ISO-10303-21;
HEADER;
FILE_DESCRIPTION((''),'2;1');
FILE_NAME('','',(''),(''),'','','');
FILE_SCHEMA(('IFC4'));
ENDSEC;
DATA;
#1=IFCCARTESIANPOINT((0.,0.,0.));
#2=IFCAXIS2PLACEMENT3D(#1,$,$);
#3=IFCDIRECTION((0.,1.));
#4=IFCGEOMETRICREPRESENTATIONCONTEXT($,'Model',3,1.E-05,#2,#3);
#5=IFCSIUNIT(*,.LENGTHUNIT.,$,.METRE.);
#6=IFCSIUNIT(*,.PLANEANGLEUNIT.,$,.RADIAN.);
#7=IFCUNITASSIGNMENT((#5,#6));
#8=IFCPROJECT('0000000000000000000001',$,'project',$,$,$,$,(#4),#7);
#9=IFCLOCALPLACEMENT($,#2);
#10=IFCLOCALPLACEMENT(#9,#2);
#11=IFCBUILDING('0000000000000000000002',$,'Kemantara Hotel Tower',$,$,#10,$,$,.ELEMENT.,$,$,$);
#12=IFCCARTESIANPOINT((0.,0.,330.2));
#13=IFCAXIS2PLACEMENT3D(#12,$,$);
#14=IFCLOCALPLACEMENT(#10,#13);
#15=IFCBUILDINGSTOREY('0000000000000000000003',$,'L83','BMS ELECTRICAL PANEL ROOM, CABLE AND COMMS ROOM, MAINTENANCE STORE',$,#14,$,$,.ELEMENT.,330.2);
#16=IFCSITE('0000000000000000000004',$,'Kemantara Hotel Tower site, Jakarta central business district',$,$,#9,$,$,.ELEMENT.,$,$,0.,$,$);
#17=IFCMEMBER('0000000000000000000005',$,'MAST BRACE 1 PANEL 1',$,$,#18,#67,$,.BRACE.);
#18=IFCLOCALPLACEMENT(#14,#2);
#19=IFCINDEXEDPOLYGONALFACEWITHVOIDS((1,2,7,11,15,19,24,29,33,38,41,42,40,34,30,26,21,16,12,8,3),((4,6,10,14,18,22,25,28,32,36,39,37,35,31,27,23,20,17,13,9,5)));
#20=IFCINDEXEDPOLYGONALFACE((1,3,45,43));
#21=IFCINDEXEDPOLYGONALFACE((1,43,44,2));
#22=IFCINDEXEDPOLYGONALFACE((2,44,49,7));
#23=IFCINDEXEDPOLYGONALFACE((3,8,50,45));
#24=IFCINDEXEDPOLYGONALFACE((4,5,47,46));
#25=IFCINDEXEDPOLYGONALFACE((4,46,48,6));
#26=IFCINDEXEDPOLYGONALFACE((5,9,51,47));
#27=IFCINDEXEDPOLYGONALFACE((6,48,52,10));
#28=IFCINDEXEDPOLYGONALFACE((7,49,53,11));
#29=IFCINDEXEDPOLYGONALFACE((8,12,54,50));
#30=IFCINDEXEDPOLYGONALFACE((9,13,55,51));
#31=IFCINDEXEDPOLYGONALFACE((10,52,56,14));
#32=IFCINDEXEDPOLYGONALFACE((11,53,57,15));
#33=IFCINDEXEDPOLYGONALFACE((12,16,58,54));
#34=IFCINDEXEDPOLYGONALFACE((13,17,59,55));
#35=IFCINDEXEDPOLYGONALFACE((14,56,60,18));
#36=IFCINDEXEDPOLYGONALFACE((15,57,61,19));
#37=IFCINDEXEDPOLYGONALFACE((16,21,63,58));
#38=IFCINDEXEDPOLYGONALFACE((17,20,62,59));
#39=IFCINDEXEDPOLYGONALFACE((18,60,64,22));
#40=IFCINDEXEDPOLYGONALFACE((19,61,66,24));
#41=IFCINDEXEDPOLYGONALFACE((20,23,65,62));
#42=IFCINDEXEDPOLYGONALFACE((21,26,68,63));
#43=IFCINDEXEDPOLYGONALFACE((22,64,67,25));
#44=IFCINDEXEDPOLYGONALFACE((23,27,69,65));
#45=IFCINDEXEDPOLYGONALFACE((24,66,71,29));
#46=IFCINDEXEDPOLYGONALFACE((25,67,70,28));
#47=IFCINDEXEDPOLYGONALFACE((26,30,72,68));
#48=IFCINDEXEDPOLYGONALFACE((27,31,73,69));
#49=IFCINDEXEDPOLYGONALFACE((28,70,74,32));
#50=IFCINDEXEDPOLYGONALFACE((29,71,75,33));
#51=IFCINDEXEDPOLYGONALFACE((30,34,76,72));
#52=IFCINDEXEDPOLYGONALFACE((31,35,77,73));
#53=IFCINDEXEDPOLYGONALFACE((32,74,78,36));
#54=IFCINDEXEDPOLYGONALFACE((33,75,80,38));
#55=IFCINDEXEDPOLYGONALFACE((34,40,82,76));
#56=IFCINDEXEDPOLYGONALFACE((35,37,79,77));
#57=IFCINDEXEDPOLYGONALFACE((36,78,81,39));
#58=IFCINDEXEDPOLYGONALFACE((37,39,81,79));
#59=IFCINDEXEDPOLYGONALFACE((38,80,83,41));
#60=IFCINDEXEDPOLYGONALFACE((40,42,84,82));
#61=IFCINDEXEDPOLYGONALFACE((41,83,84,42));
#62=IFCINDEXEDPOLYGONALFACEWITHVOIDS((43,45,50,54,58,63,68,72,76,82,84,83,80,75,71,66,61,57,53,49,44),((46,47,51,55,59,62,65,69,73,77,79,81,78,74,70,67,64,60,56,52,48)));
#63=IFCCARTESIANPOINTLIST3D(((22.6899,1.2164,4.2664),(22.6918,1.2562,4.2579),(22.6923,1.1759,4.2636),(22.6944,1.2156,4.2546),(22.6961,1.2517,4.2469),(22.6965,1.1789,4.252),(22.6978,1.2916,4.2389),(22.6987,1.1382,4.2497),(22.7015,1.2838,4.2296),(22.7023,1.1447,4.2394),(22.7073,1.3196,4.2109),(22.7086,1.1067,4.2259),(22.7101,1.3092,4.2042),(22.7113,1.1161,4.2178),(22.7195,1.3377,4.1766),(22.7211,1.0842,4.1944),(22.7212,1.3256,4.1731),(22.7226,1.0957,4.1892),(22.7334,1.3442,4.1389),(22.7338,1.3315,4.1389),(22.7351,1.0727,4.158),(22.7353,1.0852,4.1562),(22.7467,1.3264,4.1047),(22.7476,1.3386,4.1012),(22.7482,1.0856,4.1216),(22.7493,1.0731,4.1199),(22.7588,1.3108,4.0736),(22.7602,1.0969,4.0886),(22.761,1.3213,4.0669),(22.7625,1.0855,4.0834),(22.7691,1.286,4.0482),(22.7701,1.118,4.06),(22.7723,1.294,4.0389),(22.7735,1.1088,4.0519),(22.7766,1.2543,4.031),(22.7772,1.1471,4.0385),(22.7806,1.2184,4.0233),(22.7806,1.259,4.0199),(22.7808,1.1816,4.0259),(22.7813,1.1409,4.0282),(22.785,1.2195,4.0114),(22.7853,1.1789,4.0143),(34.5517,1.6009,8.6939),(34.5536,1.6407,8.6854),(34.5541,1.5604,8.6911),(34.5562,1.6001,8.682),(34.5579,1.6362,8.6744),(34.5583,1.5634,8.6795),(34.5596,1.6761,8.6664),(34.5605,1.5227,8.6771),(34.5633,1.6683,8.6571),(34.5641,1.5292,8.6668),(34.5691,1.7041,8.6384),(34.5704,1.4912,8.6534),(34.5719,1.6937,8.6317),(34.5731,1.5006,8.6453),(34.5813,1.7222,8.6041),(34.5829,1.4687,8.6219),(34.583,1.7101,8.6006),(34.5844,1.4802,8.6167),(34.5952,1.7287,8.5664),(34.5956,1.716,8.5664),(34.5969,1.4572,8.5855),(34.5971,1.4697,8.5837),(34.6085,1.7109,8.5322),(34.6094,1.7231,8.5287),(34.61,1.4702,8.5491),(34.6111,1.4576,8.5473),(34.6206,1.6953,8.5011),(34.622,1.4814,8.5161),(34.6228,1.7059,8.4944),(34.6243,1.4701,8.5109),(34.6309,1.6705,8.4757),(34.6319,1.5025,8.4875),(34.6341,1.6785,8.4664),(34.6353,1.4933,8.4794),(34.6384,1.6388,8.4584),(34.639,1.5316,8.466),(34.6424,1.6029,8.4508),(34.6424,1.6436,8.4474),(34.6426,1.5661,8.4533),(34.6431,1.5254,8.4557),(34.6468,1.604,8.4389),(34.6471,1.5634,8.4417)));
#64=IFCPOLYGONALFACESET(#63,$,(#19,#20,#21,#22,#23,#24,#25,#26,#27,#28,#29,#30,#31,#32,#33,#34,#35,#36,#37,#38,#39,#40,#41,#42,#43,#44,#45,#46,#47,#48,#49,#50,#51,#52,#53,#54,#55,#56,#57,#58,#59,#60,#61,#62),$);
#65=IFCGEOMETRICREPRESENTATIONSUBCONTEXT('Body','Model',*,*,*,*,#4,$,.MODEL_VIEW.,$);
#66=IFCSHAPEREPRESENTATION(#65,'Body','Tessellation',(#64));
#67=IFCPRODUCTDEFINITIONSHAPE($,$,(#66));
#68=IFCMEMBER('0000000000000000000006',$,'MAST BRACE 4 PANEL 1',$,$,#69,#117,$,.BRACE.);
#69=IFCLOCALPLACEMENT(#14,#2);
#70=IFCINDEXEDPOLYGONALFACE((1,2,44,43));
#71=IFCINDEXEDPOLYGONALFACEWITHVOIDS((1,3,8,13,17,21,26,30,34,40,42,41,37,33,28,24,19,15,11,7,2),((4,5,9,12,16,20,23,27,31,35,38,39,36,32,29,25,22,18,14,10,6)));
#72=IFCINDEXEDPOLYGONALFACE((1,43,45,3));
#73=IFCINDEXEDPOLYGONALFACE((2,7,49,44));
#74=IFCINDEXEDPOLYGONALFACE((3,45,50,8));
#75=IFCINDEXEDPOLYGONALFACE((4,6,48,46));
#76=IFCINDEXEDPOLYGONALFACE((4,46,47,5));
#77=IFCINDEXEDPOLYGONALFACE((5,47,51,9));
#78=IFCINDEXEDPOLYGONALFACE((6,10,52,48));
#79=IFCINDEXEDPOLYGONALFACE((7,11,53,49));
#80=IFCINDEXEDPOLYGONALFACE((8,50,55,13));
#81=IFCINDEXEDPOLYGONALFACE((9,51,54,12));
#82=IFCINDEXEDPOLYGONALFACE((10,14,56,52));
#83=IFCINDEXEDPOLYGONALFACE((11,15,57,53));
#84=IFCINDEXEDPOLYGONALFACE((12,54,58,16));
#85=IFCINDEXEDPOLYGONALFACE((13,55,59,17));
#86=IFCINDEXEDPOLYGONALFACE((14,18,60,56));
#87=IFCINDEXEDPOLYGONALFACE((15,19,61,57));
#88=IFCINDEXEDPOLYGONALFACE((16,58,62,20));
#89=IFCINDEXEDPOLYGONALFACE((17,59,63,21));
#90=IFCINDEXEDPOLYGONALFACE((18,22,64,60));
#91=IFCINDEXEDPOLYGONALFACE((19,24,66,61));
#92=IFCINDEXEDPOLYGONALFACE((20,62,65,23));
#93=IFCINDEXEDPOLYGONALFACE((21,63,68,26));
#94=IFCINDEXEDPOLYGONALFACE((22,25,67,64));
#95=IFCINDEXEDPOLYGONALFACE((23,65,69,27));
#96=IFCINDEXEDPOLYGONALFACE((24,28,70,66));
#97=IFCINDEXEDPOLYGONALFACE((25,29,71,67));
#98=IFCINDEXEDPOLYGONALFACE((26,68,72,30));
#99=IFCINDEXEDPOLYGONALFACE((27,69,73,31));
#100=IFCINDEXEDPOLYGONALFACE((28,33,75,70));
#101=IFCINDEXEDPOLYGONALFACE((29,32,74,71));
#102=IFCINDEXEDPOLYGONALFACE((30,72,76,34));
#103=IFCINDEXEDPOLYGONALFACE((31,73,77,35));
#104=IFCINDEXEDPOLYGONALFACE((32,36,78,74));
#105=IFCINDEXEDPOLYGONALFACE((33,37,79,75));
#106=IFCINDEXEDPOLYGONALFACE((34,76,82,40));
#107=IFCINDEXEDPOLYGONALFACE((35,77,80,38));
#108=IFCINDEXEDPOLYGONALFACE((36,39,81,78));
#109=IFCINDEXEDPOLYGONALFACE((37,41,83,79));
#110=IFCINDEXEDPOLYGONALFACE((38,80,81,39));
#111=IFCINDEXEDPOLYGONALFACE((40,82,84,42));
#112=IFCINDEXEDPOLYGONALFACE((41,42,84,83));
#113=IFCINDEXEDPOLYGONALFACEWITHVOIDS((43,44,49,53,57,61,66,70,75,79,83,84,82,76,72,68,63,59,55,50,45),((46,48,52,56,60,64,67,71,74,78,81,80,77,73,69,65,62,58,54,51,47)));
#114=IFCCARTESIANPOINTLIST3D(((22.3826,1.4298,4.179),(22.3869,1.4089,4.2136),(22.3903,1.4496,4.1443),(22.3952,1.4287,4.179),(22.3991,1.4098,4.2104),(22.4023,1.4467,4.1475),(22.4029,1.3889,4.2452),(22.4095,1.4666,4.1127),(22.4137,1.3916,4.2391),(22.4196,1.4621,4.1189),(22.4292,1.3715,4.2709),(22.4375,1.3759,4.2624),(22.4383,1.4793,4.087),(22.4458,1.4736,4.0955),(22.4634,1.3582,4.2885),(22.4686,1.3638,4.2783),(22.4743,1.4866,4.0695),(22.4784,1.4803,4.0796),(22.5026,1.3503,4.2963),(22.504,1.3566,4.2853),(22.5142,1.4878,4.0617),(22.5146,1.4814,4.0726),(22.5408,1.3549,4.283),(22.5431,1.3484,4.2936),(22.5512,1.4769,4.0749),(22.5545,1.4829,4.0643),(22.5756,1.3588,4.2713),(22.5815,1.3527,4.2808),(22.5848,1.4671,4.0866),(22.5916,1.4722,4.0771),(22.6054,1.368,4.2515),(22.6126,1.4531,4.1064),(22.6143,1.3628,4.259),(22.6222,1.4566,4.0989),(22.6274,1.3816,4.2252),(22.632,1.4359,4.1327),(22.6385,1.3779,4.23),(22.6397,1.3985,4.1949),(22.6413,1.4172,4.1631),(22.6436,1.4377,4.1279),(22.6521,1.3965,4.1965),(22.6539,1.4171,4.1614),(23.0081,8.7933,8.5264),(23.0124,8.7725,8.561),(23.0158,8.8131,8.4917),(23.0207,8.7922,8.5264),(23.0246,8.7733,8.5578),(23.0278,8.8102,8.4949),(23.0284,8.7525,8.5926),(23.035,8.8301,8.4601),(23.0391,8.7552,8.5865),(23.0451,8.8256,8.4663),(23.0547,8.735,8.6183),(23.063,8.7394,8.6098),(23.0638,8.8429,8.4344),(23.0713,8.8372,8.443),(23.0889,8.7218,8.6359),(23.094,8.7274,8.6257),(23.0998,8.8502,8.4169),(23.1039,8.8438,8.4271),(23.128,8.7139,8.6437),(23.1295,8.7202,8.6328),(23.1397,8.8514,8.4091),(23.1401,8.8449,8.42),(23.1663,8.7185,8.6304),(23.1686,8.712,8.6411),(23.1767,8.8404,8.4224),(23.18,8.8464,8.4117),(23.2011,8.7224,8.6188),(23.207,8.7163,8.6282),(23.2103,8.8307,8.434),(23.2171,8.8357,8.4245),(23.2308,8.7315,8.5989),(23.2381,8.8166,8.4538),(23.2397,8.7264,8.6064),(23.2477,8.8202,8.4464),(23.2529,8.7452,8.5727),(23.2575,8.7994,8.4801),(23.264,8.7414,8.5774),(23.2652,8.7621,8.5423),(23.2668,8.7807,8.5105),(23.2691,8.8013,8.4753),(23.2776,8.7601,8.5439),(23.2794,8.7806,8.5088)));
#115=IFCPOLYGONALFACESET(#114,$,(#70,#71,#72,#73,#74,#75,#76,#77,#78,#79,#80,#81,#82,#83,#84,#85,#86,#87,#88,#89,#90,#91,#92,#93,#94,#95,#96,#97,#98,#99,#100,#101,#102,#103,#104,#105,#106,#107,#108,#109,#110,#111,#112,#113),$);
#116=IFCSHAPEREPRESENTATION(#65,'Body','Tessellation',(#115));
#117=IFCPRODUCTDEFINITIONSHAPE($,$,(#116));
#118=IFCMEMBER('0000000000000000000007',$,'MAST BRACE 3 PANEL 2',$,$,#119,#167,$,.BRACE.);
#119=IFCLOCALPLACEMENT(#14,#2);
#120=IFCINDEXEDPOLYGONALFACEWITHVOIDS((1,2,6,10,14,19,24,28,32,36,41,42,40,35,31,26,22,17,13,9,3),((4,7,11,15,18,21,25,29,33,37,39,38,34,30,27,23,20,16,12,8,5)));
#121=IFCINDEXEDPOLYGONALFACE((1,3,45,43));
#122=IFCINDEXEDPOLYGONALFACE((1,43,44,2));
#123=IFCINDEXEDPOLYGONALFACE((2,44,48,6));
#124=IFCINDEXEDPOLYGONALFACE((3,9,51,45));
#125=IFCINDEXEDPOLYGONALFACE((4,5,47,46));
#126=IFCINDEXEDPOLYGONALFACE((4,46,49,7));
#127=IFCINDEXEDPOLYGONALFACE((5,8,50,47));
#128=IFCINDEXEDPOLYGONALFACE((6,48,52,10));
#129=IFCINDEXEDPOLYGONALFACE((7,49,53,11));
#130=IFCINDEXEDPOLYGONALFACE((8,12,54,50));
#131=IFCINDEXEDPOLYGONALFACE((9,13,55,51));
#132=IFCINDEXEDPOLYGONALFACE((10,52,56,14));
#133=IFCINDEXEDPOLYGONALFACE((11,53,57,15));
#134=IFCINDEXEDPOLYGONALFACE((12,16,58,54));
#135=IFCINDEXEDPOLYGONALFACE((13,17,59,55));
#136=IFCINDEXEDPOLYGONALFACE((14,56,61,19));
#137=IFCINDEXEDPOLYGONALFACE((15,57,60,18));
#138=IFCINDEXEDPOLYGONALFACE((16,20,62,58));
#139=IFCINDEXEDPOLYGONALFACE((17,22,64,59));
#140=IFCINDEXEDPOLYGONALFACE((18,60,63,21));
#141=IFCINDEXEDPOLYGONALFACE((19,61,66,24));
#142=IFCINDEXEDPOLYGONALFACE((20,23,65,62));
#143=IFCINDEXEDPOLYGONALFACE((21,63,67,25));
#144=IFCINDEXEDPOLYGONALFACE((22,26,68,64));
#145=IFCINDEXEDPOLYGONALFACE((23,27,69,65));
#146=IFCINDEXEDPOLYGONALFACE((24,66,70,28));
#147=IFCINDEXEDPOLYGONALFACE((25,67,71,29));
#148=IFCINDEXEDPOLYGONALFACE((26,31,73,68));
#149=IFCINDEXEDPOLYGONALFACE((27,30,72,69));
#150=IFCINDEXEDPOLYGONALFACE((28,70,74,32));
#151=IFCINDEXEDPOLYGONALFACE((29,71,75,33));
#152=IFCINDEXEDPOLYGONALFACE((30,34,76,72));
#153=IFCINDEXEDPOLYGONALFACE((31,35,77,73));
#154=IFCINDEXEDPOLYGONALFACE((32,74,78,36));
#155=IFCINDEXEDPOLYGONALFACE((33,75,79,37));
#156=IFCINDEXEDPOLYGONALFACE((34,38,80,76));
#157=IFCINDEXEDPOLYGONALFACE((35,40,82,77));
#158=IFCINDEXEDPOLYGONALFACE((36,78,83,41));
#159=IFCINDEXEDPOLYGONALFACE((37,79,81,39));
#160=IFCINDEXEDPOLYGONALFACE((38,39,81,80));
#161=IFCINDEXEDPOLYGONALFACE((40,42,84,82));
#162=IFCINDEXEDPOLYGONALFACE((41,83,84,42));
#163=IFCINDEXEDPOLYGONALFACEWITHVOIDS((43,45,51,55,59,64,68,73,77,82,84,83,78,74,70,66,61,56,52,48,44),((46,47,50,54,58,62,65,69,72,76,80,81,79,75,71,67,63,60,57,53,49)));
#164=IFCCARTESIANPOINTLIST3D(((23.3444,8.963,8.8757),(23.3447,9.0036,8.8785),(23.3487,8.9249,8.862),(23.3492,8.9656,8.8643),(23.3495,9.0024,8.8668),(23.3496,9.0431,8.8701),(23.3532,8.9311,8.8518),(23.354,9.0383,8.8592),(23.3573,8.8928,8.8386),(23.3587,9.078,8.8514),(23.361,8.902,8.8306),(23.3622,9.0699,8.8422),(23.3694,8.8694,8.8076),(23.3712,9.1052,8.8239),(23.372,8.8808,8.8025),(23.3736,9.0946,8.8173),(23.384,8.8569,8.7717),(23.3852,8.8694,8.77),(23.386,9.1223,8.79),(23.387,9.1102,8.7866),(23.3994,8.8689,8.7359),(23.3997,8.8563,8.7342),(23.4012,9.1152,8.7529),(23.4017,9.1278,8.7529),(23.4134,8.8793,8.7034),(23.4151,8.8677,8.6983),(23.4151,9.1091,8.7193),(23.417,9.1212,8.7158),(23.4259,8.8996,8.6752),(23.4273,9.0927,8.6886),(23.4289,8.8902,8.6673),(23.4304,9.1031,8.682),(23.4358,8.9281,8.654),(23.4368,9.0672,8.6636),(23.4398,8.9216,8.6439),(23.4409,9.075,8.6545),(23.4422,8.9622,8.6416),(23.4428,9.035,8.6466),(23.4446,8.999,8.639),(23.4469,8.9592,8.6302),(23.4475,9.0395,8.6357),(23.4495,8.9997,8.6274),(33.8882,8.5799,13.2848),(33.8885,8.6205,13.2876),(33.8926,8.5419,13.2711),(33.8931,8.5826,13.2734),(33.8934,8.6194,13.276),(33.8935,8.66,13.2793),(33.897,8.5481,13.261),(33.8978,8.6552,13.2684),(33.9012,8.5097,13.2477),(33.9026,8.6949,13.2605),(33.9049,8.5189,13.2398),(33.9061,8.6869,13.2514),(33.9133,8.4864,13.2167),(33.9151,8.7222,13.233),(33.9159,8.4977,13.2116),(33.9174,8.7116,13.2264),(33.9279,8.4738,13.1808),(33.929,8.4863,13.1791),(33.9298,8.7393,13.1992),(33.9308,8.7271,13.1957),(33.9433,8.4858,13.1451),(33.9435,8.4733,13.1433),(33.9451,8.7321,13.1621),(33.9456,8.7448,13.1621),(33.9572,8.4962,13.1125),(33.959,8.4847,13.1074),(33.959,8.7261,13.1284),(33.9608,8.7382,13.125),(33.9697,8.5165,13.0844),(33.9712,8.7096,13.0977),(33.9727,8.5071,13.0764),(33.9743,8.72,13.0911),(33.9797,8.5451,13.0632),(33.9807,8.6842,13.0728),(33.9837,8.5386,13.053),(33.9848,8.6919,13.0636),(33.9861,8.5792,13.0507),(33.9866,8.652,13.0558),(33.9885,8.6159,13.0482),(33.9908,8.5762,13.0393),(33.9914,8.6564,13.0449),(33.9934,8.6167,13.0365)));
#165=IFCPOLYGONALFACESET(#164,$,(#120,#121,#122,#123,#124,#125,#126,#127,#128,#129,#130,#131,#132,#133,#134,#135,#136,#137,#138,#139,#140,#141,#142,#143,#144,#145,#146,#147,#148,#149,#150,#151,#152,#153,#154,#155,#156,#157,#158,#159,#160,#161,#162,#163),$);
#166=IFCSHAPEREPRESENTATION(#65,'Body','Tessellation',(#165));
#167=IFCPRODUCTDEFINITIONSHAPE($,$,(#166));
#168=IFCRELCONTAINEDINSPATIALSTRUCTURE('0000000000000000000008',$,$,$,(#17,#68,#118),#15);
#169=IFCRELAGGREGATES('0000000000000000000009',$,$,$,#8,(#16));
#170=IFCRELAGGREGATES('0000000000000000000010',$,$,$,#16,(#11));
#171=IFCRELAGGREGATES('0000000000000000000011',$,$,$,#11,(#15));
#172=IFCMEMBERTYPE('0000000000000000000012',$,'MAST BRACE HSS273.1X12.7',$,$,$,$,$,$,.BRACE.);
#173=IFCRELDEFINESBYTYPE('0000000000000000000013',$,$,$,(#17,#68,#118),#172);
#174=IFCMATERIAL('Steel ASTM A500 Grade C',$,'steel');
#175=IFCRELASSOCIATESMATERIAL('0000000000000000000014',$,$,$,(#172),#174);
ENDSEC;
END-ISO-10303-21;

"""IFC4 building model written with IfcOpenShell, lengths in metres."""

from ifc_helpers import new_model, si_unit, direction, frame, origin, origin_2d, place, context, subcontext, project, spatial, hollow_circle, extrude, material, material_profile, profile_set, type_object, element, save


model = new_model("IFC4")

# Units and contexts
model_context = context("Model", 3, precision=1e-05, world=origin(), true_north=direction((0.0, 1.0)))
body_context = subcontext(model_context, "Body", "Model", "MODEL_VIEW")
ifc_project = project(units=[si_unit("LENGTHUNIT", "METRE"), si_unit("PLANEANGLEUNIT", "RADIAN")], contexts=[model_context])

# Site, building, storey
site_placement = place(None, origin())
site = spatial("IfcSite", under=ifc_project, at=site_placement, Name="Kemantara Hotel Tower site, Jakarta central business district", CompositionType="ELEMENT", RefElevation=0.0)
building_placement = place(site_placement, origin())
building = spatial("IfcBuilding", under=site, at=building_placement, Name="Kemantara Hotel Tower", CompositionType="ELEMENT")
storey_placement = place(building_placement, frame((0.0, 0.0, 330.2)))
storey = spatial("IfcBuildingStorey", under=building, at=storey_placement, Name="L83", Description="BMS ELECTRICAL PANEL ROOM, CABLE AND COMMS ROOM, MAINTENANCE STORE", CompositionType="ELEMENT", Elevation=330.2)

# Members
ifc_material_1 = material(Name="Steel ASTM A500 Grade C", Category="steel")
ifc_material_profile_1 = material_profile(ifc_material_1, hollow_circle(Radius=0.1365, WallThickness=0.0127, at=origin_2d()), Name="HSS273.1X12.7")
ifc_profile_set_1 = profile_set([ifc_material_profile_1], Name="Steel ASTM A500 Grade C")
member_type_1 = type_object("IfcMemberType", Name="MAST BRACE HSS273.1X12.7", PredefinedType="BRACE", material=ifc_profile_set_1)
member_1_placement = place(storey_placement, frame((22.7378, 1.2078, 4.1389), z_axis=(0.936434, 0.030356, 0.349529), x_axis=(-0.0324, 0.999475, 0.0)))
element("IfcMember", 1, at=member_1_placement, inside=storey, type_object=member_type_1, Name="MAST BRACE 1 PANEL 1", PredefinedType="BRACE", context=body_context, shape_type="SweptSolid", body=[
    extrude(hollow_circle(Radius=0.1365, WallThickness=0.0127, at=origin_2d()), origin(), (0.0, 0.0, 1.0), 12.667),
])
member_2_placement = place(storey_placement, frame((22.5186, 1.4182, 4.179), z_axis=(0.072952, 0.858825, 0.507049), x_axis=(-0.996412, 0.084639, 0.0)))
element("IfcMember", 2, at=member_2_placement, inside=storey, type_object=member_type_1, Name="MAST BRACE 4 PANEL 1", PredefinedType="BRACE", context=body_context, shape_type="SweptSolid", body=[
    extrude(hollow_circle(Radius=0.1365, WallThickness=0.0127, at=origin_2d()), origin(), (0.0, 0.0, 1.0), 8.574),
])
member_3_placement = place(storey_placement, frame((23.3967, 8.9915, 8.7529), z_axis=(0.922065, -0.033498, 0.385582), x_axis=(0.036306, 0.999341, 0.0)))
element("IfcMember", 3, at=member_3_placement, inside=storey, type_object=member_type_1, Name="MAST BRACE 3 PANEL 2", PredefinedType="BRACE", context=body_context, shape_type="SweptSolid", body=[
    extrude(hollow_circle(Radius=0.1365, WallThickness=0.0127, at=origin_2d()), origin(), (0.0, 0.0, 1.0), 11.4351),
])

save(model, "model.ifc")
